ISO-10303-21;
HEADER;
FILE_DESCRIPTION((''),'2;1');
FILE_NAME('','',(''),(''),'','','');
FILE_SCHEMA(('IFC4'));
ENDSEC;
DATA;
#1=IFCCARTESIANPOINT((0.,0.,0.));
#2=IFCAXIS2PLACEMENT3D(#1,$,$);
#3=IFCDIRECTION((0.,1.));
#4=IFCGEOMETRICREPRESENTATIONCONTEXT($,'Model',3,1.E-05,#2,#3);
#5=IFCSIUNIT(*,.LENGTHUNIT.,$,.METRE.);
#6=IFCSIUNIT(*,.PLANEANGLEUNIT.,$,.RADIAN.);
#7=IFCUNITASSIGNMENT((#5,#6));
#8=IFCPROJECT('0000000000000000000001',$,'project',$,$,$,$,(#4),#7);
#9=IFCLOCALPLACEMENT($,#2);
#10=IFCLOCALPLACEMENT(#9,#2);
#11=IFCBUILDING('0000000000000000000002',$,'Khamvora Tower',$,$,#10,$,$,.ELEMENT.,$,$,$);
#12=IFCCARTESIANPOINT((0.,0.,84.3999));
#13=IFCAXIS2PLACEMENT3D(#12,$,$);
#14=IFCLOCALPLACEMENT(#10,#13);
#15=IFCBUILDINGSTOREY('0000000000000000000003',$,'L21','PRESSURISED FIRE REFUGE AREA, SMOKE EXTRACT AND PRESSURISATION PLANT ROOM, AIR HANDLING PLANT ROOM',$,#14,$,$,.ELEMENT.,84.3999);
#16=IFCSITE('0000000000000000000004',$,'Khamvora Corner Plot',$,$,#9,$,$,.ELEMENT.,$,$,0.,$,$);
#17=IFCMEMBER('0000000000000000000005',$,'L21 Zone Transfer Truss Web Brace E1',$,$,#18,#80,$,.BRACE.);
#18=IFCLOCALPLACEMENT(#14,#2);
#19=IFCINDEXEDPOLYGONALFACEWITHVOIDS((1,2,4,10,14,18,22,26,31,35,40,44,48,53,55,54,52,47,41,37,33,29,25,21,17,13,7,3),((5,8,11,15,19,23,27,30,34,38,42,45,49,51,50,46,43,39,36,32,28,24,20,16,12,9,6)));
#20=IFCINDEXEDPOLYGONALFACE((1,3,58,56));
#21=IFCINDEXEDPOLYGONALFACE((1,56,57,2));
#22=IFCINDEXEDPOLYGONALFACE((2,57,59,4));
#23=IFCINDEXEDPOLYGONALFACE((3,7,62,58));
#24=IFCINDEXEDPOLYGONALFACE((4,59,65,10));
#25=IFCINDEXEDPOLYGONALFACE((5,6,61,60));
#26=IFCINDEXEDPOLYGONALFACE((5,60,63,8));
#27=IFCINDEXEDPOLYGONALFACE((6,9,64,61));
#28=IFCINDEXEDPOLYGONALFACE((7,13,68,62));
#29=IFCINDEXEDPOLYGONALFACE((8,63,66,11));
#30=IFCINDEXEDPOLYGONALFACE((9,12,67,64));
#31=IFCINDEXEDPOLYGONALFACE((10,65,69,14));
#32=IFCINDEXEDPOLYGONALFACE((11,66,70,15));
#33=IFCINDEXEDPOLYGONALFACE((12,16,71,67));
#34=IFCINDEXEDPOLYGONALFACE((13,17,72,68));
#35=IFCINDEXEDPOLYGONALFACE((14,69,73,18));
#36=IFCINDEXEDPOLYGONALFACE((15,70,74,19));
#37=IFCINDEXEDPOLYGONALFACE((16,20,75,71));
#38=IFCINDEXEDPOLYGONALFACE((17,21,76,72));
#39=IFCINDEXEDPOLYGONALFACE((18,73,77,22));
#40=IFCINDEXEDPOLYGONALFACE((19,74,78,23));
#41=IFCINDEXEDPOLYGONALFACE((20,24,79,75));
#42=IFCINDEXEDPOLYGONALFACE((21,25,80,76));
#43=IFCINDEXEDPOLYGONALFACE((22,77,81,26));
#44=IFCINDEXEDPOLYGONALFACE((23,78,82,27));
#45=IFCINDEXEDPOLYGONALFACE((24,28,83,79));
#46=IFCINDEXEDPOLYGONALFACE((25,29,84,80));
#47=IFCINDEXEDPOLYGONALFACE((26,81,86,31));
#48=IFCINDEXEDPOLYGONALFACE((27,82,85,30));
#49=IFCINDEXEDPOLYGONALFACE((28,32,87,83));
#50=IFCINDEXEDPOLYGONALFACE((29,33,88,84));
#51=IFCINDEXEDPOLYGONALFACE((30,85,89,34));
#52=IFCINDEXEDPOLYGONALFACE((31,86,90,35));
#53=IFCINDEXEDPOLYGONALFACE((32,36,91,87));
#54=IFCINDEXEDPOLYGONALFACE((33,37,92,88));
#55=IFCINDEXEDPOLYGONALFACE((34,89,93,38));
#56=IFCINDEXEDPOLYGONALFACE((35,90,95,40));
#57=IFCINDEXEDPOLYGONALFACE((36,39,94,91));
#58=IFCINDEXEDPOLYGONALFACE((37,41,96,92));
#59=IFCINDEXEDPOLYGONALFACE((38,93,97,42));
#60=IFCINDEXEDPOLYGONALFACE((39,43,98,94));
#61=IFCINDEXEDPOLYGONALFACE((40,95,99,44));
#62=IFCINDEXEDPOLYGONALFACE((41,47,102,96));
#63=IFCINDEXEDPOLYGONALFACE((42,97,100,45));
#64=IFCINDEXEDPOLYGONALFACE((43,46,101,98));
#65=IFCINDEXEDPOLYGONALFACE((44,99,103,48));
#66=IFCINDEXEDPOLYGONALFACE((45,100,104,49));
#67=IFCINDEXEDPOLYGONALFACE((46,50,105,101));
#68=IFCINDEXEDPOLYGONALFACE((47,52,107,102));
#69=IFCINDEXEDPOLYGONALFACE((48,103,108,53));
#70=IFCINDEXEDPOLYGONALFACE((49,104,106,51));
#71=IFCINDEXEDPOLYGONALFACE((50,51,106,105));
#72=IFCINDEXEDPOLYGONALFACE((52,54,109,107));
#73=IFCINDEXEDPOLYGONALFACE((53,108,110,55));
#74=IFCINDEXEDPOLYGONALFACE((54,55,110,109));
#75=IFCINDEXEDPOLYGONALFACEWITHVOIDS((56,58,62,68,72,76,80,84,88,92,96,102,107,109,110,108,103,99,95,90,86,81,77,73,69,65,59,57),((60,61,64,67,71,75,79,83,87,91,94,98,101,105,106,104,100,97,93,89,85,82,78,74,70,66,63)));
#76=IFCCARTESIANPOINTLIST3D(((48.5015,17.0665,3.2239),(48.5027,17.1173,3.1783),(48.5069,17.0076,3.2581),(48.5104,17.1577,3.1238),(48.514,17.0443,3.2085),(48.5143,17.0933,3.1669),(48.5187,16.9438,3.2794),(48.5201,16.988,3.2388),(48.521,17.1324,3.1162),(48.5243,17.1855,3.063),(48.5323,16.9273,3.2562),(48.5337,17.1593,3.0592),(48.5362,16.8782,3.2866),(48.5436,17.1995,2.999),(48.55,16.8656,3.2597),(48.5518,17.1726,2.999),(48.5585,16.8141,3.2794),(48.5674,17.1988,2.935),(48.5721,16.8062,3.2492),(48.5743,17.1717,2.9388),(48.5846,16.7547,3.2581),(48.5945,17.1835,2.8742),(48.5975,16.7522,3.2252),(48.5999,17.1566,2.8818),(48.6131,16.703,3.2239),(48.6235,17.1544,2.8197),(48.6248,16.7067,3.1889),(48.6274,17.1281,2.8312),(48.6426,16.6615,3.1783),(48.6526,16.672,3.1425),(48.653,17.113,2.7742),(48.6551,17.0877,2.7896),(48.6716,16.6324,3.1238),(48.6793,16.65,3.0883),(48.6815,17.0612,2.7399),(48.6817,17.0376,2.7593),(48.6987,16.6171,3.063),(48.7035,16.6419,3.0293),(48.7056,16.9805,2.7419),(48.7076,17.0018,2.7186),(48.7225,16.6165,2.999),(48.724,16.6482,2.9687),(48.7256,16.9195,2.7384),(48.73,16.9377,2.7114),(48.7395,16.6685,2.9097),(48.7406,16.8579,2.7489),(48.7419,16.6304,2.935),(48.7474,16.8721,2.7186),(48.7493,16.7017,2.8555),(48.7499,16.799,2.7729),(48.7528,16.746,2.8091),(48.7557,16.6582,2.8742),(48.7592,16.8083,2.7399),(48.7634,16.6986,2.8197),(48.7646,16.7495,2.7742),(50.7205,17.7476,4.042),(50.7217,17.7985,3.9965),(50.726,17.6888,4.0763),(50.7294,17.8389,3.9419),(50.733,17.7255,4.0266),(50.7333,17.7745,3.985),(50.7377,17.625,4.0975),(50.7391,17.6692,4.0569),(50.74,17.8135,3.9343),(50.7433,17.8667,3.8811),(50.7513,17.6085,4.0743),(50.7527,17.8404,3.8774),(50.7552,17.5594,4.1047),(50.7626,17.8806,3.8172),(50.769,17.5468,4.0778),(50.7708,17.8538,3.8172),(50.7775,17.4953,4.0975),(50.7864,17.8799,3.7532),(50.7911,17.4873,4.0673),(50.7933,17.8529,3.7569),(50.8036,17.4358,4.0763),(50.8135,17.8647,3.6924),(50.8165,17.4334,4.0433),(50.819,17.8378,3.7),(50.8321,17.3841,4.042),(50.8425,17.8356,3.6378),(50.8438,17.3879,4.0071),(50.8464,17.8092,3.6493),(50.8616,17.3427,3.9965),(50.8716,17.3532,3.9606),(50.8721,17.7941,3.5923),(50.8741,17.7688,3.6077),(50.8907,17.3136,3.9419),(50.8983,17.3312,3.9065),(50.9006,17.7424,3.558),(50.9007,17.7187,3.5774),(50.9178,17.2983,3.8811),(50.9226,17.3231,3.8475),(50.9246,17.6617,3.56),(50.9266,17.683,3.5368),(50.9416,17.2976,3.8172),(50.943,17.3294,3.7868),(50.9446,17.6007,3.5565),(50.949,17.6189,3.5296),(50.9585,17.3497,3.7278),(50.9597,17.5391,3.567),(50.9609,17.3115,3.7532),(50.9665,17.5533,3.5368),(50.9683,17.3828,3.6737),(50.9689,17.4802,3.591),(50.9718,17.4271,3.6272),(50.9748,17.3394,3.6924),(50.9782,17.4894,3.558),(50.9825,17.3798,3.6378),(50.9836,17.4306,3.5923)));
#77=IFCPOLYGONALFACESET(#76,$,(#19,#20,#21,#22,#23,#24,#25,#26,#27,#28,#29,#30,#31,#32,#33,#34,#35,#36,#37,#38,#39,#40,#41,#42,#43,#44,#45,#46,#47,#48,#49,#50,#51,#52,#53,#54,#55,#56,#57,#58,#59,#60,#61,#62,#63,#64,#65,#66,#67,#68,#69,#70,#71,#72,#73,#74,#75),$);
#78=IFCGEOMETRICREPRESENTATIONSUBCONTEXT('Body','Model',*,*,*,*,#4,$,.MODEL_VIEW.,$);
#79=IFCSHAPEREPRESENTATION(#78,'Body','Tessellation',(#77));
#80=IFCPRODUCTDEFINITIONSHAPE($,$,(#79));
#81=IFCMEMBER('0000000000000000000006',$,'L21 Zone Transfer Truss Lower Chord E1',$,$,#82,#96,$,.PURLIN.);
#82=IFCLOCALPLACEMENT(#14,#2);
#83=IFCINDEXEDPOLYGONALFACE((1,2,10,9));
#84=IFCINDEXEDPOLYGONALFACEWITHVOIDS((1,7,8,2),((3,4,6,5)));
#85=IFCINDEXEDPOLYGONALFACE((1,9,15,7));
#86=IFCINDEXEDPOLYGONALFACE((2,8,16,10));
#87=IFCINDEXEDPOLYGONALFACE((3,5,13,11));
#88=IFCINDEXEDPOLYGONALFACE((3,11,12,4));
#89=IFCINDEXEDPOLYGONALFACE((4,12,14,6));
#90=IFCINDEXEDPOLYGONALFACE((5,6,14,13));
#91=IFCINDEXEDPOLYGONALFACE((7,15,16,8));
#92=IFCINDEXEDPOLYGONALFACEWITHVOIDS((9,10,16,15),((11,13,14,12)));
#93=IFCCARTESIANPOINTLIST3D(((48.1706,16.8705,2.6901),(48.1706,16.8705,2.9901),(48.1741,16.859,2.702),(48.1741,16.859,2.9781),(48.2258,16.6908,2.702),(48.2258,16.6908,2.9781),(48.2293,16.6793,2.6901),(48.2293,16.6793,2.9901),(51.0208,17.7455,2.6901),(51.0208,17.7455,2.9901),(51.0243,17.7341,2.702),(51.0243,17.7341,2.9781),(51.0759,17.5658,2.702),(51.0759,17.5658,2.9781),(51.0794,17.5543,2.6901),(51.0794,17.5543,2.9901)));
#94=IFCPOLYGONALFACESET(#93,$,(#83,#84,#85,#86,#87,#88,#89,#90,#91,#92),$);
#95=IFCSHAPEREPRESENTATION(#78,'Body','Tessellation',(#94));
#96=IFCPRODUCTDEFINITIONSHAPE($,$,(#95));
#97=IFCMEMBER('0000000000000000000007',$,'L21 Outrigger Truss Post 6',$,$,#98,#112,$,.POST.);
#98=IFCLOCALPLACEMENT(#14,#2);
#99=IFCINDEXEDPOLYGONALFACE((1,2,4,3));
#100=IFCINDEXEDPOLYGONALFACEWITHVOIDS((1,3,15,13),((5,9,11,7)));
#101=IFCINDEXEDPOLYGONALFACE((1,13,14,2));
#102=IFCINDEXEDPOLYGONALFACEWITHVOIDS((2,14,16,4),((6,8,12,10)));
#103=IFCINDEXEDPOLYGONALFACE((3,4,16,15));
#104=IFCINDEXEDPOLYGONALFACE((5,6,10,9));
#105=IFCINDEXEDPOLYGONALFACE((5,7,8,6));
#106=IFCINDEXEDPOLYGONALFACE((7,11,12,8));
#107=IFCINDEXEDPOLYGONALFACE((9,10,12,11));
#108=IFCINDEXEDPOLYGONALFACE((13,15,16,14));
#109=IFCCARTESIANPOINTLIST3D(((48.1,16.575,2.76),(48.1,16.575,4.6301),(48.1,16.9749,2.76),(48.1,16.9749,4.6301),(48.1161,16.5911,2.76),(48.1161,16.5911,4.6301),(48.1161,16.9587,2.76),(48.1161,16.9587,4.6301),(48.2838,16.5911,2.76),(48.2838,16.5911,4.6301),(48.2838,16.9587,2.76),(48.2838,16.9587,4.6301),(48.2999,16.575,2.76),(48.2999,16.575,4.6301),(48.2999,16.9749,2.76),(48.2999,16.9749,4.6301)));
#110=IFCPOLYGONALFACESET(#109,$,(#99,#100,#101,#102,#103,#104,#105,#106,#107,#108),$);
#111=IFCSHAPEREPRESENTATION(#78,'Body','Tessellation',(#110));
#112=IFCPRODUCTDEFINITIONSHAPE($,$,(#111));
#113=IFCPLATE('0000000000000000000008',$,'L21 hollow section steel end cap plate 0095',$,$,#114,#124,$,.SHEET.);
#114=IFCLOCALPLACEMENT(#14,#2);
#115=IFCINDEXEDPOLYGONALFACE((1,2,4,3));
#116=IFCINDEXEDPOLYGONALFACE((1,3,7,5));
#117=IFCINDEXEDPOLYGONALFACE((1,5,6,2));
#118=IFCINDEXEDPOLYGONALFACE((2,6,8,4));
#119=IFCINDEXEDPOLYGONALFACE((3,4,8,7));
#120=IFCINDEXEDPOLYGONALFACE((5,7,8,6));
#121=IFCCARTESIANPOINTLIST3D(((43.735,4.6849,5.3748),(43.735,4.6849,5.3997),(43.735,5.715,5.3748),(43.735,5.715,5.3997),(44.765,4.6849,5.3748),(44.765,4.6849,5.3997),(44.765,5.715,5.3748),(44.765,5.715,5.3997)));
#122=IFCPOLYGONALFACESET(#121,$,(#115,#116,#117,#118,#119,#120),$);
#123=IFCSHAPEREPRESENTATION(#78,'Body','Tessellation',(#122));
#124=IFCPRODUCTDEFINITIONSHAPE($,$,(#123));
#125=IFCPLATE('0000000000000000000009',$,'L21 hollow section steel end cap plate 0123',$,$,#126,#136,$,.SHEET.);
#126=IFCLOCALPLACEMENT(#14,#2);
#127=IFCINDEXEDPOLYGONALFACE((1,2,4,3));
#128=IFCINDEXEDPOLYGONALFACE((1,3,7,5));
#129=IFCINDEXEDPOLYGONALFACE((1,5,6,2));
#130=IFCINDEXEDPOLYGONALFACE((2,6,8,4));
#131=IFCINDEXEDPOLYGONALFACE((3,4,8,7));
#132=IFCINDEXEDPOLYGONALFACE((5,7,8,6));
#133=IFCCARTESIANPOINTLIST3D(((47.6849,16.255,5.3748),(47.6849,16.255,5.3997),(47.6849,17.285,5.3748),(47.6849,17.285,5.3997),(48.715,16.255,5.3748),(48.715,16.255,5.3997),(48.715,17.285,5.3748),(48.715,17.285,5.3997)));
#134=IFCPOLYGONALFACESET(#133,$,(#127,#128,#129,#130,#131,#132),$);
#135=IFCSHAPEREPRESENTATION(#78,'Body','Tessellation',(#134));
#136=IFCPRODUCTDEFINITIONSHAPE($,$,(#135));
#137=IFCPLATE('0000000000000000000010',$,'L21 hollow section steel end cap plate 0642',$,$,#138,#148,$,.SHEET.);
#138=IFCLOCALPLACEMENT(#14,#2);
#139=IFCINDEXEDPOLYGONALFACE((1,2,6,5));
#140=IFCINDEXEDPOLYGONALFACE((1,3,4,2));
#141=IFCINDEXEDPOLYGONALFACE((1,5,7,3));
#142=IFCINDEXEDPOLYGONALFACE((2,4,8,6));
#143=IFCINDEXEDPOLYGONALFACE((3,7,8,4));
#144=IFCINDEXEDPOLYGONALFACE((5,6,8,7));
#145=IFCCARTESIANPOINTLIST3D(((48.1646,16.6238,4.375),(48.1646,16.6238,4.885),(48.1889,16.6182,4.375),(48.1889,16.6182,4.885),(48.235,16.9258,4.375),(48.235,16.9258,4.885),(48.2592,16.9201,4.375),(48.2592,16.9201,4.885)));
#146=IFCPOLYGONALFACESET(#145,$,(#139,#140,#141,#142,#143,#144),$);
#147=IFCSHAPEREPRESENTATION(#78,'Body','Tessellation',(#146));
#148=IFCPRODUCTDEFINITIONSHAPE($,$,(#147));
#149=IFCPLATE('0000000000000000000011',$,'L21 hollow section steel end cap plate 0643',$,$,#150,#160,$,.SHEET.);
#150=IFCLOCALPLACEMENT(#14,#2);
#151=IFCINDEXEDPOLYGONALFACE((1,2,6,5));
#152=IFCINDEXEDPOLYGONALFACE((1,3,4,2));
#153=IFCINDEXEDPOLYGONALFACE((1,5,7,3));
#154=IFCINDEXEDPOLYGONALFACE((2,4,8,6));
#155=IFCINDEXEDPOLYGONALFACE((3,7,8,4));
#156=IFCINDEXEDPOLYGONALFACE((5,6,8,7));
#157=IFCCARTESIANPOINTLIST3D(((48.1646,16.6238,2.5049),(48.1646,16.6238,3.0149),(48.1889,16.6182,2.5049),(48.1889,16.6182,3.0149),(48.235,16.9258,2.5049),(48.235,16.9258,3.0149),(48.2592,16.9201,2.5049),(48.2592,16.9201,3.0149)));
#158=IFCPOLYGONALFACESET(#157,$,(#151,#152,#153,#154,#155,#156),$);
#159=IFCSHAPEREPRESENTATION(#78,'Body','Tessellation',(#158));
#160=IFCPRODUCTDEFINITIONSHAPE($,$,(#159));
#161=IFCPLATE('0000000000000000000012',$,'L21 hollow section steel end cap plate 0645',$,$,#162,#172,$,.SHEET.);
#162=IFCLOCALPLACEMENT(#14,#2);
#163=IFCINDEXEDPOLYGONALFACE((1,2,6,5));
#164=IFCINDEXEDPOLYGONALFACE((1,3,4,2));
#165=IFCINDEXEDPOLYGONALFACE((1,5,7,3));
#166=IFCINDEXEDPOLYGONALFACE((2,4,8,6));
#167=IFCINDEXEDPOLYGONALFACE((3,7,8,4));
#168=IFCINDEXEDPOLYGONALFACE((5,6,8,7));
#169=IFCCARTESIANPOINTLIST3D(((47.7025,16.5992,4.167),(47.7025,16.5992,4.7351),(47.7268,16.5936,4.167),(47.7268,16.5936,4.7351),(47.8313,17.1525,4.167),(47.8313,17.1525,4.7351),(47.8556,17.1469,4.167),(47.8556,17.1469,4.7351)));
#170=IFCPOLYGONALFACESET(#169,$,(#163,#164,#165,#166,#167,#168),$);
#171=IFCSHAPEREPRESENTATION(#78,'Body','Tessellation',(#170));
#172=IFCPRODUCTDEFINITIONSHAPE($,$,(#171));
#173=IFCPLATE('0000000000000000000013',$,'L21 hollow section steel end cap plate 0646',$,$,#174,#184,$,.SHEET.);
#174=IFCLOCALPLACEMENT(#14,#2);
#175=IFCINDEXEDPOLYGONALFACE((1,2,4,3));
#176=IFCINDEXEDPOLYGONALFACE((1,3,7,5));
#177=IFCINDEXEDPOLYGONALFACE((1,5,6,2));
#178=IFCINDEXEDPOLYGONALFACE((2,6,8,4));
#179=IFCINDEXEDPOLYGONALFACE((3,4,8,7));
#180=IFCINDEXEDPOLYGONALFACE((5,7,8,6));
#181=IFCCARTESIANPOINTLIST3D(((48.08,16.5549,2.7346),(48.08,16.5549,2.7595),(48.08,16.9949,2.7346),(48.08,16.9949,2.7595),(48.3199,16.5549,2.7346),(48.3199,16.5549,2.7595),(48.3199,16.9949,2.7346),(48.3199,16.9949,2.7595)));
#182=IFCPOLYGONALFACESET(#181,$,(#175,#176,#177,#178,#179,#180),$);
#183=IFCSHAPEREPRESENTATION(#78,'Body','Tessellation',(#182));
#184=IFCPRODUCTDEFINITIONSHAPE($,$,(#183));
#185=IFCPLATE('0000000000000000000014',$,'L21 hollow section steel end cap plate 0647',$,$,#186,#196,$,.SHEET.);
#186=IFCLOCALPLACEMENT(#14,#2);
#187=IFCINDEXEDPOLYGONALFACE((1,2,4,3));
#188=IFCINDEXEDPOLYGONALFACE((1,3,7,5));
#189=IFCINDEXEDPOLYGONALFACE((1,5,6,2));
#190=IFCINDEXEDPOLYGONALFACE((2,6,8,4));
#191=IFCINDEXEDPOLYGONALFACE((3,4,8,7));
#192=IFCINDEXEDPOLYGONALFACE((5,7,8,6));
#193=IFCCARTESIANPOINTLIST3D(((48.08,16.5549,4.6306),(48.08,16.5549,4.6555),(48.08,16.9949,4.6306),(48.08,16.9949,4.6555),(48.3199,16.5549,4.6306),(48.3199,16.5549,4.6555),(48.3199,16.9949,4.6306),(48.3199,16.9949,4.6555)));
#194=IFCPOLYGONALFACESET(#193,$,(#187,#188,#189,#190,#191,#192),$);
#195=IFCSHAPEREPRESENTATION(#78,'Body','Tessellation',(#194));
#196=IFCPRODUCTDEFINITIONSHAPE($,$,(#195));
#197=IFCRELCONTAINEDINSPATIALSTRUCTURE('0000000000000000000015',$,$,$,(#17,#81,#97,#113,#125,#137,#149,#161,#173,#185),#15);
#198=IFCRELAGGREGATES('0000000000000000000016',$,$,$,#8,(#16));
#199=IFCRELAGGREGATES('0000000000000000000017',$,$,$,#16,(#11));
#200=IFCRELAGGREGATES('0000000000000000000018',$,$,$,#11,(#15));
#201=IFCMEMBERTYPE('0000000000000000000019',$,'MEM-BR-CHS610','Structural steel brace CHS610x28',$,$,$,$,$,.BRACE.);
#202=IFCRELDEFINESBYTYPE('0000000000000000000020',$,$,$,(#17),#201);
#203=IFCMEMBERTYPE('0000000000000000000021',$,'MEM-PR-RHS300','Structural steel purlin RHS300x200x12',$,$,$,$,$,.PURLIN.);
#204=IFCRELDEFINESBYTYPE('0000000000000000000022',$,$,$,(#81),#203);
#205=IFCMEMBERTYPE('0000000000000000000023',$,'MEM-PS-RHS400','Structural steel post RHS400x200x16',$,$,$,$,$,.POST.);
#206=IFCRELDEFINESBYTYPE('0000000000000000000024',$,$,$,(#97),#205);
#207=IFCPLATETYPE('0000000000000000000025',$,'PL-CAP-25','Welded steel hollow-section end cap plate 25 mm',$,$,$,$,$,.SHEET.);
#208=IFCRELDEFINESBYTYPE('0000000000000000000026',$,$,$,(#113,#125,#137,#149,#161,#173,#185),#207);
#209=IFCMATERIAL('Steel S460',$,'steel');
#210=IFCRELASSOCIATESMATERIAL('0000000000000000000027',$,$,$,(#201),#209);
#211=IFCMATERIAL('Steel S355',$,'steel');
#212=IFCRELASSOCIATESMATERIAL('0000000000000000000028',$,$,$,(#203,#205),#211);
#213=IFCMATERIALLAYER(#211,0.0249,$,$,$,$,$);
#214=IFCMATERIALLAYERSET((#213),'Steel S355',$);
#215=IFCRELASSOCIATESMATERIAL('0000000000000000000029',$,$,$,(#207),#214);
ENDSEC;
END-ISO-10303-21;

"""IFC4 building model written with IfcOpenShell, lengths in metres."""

from ifc_helpers import new_model, si_unit, direction, frame, origin, origin_2d, place, context, subcontext, project, spatial, rectangle, hollow_rectangle, hollow_circle, extrude, material, layer, layer_set, material_profile, profile_set, type_object, element, save


model = new_model("IFC4")

# Units and contexts
model_context = context("Model", 3, precision=1e-05, world=origin(), true_north=direction((0.0, 1.0)))
body_context = subcontext(model_context, "Body", "Model", "MODEL_VIEW")
ifc_project = project(units=[si_unit("LENGTHUNIT", "METRE"), si_unit("PLANEANGLEUNIT", "RADIAN")], contexts=[model_context])

# Site, building, storey
site_placement = place(None, origin())
site = spatial("IfcSite", under=ifc_project, at=site_placement, Name="Khamvora Corner Plot", CompositionType="ELEMENT", RefElevation=0.0)
building_placement = place(site_placement, origin())
building = spatial("IfcBuilding", under=site, at=building_placement, Name="Khamvora Tower", CompositionType="ELEMENT")
storey_placement = place(building_placement, frame((0.0, 0.0, 84.3999)))
storey = spatial("IfcBuildingStorey", under=building, at=storey_placement, Name="L21", Description="PRESSURISED FIRE REFUGE AREA, SMOKE EXTRACT AND PRESSURISATION PLANT ROOM, AIR HANDLING PLANT ROOM", CompositionType="ELEMENT", Elevation=84.3999)

# Shared definitions
ifc_material_1 = material(Name="Steel S355", Category="steel")

# Shared definitions
ifc_material_2 = material(Name="Steel S460", Category="steel")

# Members
ifc_material_profile_1 = material_profile(ifc_material_2, hollow_circle(Radius=0.3049, WallThickness=0.0281, at=origin_2d()), Name="CHS610x28")
ifc_profile_set_1 = profile_set([ifc_material_profile_1], Name="Steel S460")
member_type_1 = type_object("IfcMemberType", Name="MEM-BR-CHS610", Description="Structural steel brace CHS610x28", PredefinedType="BRACE", material=ifc_profile_set_1)
member_1_placement = place(storey_placement, frame((48.6331, 16.908, 2.999), z_axis=(0.901612, 0.276763, 0.332413), x_axis=(-0.29345, 0.955974, 0.0)))
element("IfcMember", 1, at=member_1_placement, inside=storey, type_object=member_type_1, Name="L21 Zone Transfer Truss Web Brace E1", PredefinedType="BRACE", context=body_context, shape_type="SweptSolid", body=[
    extrude(hollow_circle(Radius=0.3049, WallThickness=0.0281, at=origin_2d()), origin(), (0.0, 0.0, 1.0), 2.4612),
])
ifc_material_profile_2 = material_profile(ifc_material_1, hollow_rectangle(XDim=0.2, YDim=0.3, WallThickness=0.012, at=origin_2d()), Name="RHS300x200x12")
ifc_profile_set_2 = profile_set([ifc_material_profile_2], Name="Steel S355")
member_type_2 = type_object("IfcMemberType", Name="MEM-PR-RHS300", Description="Structural steel purlin RHS300x200x12", PredefinedType="PURLIN", material=ifc_profile_set_2)
member_2_placement = place(storey_placement, frame((48.2, 16.7749, 2.8401), z_axis=(0.955963, 0.293487, 0.0), x_axis=(-0.293487, 0.955963, 0.0)))
element("IfcMember", 2, at=member_2_placement, inside=storey, type_object=member_type_2, Name="L21 Zone Transfer Truss Lower Chord E1", PredefinedType="PURLIN", context=body_context, shape_type="SweptSolid", body=[
    extrude(hollow_rectangle(XDim=0.2, YDim=0.3, WallThickness=0.012, at=origin_2d()), origin(), (0.0, 0.0, 1.0), 2.9814),
])
ifc_material_profile_3 = material_profile(ifc_material_1, hollow_rectangle(XDim=0.2, YDim=0.3999, WallThickness=0.0161, at=origin_2d()), Name="RHS400x200x16")
ifc_profile_set_3 = profile_set([ifc_material_profile_3], Name="Steel S355")
member_type_3 = type_object("IfcMemberType", Name="MEM-PS-RHS400", Description="Structural steel post RHS400x200x16", PredefinedType="POST", material=ifc_profile_set_3)
member_3_placement = place(storey_placement, frame((48.2, 16.7749, 2.76), z_axis=(0.0, 0.0, 1.0), x_axis=(1.0, 0.0, 0.0)))
element("IfcMember", 3, at=member_3_placement, inside=storey, type_object=member_type_3, Name="L21 Outrigger Truss Post 6", PredefinedType="POST", context=body_context, shape_type="SweptSolid", body=[
    extrude(hollow_rectangle(XDim=0.2, YDim=0.3999, WallThickness=0.0161, at=origin_2d()), origin(), (0.0, 0.0, 1.0), 1.8701),
])

# Plates
ifc_layer_1 = layer(ifc_material_1, 0.0249)
ifc_layer_set_1 = layer_set([ifc_layer_1], Name="Steel S355")
plate_type_1 = type_object("IfcPlateType", Name="PL-CAP-25", Description="Welded steel hollow-section end cap plate 25 mm", PredefinedType="SHEET", material=ifc_layer_set_1)
for number, where, z_axis, x_axis, name in (
    (4, (44.25, 5.2, 5.3748), (0.0, 0.0, 1.0), (1.0, 0.0, 0.0), "L21 hollow section steel end cap plate 0095"),
    (5, (48.2, 16.77, 5.3748), (0.0, 0.0, 1.0), (1.0, 0.0, 0.0), "L21 hollow section steel end cap plate 0123"),
):
    element("IfcPlate", number, at=place(storey_placement, frame(where, z_axis=z_axis, x_axis=x_axis)), inside=storey, type_object=plate_type_1, Name=name, PredefinedType="SHEET", context=body_context, shape_type="SweptSolid", body=[
        extrude(rectangle(XDim=1.03, YDim=1.03, at=origin_2d()), origin(), (0.0, 0.0, 1.0), 0.0249),
    ])
for number, where, z_axis, x_axis, name in (
    (6, (48.2119, 16.772, 4.375), (0.0, 0.0, 1.0), (0.973925, -0.226872, 0.0), "L21 hollow section steel end cap plate 0642"),
    (7, (48.2119, 16.772, 2.5049), (0.0, 0.0, 1.0), (0.973925, -0.226872, 0.0), "L21 hollow section steel end cap plate 0643"),
):
    element("IfcPlate", number, at=place(storey_placement, frame(where, z_axis=z_axis, x_axis=x_axis)), inside=storey, type_object=plate_type_1, Name=name, PredefinedType="SHEET", context=body_context, shape_type="SweptSolid", body=[
        extrude(rectangle(XDim=0.0249, YDim=0.3101, at=origin_2d()), origin(), (0.0, 0.0, 1.0), 0.51),
    ])
plate_1_placement = place(storey_placement, frame((47.7791, 16.873, 4.167), z_axis=(0.0, 0.0, 1.0), x_axis=(0.973968, -0.226685, 0.0)))
element("IfcPlate", 8, at=plate_1_placement, inside=storey, type_object=plate_type_1, Name="L21 hollow section steel end cap plate 0645", PredefinedType="SHEET", context=body_context, shape_type="SweptSolid", body=[
    extrude(rectangle(XDim=0.0249, YDim=0.5681, at=origin_2d()), origin(), (0.0, 0.0, 1.0), 0.5681),
])
for number, where, z_axis, x_axis, name in (
    (9, (48.2, 16.7749, 2.7346), (0.0, 0.0, 1.0), (1.0, 0.0, 0.0), "L21 hollow section steel end cap plate 0646"),
    (10, (48.2, 16.7749, 4.6306), (0.0, 0.0, 1.0), (1.0, 0.0, 0.0), "L21 hollow section steel end cap plate 0647"),
):
    element("IfcPlate", number, at=place(storey_placement, frame(where, z_axis=z_axis, x_axis=x_axis)), inside=storey, type_object=plate_type_1, Name=name, PredefinedType="SHEET", context=body_context, shape_type="SweptSolid", body=[
        extrude(rectangle(XDim=0.24, YDim=0.4399, at=origin_2d()), origin(), (0.0, 0.0, 1.0), 0.0249),
    ])

save(model, "model.ifc")
